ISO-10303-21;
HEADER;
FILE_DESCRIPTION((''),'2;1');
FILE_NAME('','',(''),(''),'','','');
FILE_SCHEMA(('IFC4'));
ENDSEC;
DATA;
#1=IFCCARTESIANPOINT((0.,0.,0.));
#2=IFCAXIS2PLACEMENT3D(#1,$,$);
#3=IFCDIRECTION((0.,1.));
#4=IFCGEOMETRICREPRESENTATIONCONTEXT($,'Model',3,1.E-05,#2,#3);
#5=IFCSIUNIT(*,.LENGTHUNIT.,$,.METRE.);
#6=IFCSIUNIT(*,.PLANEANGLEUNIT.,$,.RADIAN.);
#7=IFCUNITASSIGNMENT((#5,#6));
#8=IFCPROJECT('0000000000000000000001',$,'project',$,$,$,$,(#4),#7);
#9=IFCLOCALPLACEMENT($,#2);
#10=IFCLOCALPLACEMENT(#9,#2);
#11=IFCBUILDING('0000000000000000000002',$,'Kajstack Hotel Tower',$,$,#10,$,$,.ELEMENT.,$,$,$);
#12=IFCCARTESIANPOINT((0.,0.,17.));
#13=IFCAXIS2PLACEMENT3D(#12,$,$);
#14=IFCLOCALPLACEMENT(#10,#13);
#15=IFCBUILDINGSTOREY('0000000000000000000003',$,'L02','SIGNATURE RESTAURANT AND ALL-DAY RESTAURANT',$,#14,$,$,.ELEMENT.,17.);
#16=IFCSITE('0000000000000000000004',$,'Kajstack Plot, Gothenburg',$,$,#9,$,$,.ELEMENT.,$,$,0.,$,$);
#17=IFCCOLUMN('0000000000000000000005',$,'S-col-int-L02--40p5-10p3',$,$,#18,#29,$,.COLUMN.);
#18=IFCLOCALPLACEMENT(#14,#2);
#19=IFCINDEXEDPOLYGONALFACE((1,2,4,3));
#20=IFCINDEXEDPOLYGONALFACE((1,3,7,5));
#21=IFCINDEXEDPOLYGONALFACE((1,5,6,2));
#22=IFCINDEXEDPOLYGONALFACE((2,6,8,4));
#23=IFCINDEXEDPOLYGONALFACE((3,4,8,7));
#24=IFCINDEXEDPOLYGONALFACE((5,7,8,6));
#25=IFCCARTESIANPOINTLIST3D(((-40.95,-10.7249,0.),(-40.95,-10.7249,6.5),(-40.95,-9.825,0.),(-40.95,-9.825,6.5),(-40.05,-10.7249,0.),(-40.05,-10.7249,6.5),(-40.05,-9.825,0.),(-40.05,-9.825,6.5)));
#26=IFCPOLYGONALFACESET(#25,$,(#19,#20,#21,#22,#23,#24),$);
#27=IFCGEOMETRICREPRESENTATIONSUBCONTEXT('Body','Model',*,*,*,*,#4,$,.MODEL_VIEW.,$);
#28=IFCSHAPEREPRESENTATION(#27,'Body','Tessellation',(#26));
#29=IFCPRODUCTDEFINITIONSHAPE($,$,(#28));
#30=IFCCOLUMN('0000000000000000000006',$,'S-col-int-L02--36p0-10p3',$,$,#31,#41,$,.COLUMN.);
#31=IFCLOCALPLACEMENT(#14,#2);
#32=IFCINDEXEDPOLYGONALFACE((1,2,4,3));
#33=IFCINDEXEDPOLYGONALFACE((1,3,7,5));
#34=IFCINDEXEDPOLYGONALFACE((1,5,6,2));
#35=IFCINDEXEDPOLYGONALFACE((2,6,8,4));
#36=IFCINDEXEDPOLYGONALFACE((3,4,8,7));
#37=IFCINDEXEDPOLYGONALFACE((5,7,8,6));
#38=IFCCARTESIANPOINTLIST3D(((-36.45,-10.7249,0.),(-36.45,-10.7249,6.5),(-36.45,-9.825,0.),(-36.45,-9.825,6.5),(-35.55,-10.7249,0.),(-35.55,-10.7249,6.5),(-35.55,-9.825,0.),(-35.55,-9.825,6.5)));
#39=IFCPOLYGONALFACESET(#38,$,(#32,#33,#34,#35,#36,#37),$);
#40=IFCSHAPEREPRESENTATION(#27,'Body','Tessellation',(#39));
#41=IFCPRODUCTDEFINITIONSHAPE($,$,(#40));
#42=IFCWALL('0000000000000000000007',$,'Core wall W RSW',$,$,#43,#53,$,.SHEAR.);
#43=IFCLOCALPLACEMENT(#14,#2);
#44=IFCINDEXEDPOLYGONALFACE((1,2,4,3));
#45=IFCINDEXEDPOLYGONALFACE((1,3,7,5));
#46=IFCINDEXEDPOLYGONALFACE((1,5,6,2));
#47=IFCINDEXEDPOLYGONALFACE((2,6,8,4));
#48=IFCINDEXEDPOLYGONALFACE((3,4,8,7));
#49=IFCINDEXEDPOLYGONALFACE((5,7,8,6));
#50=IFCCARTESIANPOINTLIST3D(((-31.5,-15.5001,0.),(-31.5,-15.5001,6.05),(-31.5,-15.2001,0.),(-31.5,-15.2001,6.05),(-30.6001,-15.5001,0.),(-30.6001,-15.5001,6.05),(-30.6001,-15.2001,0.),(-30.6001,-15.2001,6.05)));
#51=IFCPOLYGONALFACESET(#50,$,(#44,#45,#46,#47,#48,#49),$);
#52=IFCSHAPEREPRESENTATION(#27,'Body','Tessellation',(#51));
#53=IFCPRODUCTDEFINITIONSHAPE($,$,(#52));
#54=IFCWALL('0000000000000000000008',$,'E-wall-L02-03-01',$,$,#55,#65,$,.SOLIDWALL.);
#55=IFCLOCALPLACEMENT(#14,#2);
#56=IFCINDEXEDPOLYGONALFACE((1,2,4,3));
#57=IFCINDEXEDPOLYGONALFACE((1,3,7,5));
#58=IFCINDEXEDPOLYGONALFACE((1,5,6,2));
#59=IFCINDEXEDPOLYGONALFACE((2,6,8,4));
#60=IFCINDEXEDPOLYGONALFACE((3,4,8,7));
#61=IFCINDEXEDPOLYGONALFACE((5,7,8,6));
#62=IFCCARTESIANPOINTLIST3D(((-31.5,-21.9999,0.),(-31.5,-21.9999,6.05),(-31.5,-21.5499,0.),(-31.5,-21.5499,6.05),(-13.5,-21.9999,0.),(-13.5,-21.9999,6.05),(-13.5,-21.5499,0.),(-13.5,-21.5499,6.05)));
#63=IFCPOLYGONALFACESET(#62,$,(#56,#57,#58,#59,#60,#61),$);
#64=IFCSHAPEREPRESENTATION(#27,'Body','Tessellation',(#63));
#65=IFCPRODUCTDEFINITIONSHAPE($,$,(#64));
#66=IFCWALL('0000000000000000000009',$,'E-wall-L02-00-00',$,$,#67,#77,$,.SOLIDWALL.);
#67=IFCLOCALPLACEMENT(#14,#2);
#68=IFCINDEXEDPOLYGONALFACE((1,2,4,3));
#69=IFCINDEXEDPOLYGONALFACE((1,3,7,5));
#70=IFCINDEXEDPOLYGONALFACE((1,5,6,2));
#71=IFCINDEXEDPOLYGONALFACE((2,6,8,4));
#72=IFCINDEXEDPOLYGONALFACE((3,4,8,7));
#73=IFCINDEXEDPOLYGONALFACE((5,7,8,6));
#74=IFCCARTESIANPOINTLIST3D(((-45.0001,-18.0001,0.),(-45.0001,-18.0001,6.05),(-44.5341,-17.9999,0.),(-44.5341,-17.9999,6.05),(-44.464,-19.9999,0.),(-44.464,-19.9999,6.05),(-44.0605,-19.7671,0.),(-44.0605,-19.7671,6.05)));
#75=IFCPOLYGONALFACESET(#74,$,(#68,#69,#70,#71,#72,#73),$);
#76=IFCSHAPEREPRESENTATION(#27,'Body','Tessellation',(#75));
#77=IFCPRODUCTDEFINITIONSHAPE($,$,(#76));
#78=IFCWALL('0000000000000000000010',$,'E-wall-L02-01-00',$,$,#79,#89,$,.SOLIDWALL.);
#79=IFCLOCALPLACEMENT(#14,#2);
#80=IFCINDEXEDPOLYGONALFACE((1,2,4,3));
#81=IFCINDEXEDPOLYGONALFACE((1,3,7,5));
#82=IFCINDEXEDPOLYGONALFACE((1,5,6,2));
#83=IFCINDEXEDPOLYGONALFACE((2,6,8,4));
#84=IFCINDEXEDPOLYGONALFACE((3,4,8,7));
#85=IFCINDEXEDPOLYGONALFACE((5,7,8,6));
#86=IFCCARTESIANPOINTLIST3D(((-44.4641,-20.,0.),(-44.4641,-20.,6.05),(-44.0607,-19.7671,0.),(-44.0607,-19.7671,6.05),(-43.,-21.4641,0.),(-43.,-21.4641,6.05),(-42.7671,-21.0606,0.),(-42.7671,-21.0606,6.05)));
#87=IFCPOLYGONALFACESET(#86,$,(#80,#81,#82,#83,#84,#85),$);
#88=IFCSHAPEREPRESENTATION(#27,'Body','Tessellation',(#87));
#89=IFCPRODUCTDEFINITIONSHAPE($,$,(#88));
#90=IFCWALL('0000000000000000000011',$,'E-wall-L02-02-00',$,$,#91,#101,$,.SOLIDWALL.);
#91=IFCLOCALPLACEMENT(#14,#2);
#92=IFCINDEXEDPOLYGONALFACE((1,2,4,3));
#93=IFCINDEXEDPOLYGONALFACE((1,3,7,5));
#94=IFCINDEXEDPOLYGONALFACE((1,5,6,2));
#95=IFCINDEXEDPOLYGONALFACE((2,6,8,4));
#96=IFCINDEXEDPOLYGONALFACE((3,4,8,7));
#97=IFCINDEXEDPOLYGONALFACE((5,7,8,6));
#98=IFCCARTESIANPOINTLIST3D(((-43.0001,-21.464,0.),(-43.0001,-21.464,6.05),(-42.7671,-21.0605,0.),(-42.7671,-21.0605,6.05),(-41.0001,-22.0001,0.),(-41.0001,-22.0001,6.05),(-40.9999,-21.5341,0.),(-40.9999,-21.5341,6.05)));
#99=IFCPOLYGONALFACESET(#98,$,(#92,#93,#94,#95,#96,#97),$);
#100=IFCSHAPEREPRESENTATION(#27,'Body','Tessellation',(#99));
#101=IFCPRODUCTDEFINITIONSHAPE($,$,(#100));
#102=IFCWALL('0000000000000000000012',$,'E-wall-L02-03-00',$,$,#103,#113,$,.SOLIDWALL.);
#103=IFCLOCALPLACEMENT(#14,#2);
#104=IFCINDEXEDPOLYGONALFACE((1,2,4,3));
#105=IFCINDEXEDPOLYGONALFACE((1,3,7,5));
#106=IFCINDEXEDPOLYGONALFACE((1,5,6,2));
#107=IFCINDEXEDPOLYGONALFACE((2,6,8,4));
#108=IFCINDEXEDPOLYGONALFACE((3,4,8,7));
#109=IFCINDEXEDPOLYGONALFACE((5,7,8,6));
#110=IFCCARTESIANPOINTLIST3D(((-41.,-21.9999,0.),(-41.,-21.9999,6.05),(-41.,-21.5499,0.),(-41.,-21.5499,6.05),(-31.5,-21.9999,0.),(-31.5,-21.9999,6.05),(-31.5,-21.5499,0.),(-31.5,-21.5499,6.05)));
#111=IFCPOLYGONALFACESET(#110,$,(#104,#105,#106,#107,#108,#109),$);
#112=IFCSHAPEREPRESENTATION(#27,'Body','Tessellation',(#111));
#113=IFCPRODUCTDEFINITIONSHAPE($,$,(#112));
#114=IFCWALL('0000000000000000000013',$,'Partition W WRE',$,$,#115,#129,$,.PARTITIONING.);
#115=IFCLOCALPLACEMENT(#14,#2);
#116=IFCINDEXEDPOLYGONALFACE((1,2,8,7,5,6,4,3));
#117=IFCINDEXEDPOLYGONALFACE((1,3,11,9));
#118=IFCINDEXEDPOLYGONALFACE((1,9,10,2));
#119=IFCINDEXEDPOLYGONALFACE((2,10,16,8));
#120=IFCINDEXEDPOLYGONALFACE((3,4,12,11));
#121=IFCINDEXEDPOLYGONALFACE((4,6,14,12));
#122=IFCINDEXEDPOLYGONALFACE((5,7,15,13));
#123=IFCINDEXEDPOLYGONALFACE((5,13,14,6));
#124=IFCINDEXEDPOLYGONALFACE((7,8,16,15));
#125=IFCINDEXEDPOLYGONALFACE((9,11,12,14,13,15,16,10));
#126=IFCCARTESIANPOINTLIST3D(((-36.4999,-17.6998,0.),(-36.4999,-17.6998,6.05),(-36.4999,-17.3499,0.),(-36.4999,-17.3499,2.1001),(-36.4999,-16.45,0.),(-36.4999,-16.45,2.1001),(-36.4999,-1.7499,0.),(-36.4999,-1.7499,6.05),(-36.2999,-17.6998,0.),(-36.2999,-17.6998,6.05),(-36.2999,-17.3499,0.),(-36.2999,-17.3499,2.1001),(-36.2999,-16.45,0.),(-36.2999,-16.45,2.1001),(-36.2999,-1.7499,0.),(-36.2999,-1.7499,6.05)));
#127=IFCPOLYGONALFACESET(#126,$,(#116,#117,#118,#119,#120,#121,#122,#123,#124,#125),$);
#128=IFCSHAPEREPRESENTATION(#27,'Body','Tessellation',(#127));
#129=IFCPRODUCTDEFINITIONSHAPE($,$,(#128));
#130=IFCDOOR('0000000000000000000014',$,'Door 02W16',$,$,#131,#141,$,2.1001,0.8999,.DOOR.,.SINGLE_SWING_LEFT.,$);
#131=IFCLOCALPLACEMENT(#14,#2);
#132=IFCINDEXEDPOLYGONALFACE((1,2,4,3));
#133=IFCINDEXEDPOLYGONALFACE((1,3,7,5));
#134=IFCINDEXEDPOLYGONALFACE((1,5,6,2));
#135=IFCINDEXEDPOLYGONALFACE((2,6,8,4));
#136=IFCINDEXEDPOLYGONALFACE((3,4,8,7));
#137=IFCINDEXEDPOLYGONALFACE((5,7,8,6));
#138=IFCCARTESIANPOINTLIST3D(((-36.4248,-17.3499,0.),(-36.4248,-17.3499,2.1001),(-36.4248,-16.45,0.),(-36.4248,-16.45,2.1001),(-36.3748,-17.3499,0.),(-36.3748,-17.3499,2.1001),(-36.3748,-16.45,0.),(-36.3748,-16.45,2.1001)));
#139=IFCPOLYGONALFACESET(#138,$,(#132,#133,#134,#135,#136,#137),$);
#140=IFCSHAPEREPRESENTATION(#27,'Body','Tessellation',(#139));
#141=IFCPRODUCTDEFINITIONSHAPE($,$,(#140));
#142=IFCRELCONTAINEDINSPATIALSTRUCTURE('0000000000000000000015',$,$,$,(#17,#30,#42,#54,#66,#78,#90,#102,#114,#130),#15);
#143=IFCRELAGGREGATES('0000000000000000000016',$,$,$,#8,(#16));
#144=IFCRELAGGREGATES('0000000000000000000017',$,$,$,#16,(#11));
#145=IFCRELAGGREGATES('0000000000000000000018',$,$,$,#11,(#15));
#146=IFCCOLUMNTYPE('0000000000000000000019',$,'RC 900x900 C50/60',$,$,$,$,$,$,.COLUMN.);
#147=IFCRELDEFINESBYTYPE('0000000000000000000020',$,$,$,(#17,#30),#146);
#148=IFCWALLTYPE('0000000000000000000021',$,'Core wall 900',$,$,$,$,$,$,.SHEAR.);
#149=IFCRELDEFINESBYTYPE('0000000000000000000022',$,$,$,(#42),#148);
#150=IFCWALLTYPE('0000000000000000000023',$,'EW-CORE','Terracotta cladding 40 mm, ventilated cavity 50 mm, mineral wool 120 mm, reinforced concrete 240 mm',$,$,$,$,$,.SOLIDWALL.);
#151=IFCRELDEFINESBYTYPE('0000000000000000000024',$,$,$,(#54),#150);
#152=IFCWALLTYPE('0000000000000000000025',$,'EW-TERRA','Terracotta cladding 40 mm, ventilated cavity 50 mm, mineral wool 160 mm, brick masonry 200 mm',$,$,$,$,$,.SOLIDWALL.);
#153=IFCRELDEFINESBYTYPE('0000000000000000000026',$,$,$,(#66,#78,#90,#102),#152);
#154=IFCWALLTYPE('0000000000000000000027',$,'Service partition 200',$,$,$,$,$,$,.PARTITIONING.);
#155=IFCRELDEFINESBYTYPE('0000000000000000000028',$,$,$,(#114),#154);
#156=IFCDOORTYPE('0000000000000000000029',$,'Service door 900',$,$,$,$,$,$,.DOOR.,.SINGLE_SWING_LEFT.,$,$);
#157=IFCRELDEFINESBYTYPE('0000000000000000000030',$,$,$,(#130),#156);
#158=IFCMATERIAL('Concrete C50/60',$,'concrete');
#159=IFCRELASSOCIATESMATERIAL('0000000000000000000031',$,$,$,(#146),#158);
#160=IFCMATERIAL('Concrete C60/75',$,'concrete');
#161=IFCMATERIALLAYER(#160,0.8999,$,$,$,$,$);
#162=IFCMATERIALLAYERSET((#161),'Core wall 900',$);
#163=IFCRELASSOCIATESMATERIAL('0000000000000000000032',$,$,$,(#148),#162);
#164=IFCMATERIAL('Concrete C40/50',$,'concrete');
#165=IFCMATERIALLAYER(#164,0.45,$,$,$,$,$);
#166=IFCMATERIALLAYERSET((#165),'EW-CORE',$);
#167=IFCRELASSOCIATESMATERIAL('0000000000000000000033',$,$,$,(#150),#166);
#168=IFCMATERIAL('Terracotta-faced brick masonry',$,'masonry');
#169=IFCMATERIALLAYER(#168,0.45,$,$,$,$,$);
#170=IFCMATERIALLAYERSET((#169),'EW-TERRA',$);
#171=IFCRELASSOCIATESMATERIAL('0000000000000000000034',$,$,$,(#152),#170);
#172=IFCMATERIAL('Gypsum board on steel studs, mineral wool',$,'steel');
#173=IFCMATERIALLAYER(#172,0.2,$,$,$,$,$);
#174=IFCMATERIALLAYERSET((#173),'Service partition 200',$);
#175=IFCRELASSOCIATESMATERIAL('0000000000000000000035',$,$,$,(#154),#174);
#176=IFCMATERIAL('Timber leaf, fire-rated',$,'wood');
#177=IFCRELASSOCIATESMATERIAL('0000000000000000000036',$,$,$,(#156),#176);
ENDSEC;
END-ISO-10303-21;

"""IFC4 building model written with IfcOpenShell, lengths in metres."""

from ifc_helpers import new_model, si_unit, direction, frame, frame_2d, origin, origin_2d, place, context, subcontext, project, spatial, polyline, rectangle, outline, extrude, material, layer, layer_set, material_profile, profile_set, type_object, element, fill, save


model = new_model("IFC4")

# Units and contexts
model_context = context("Model", 3, precision=1e-05, world=origin(), true_north=direction((0.0, 1.0)))
body_context = subcontext(model_context, "Body", "Model", "MODEL_VIEW")
ifc_project = project(units=[si_unit("LENGTHUNIT", "METRE"), si_unit("PLANEANGLEUNIT", "RADIAN")], contexts=[model_context])

# Site, building, storey
site_placement = place(None, origin())
site = spatial("IfcSite", under=ifc_project, at=site_placement, Name="Kajstack Plot, Gothenburg", CompositionType="ELEMENT", RefElevation=0.0)
building_placement = place(site_placement, origin())
building = spatial("IfcBuilding", under=site, at=building_placement, Name="Kajstack Hotel Tower", CompositionType="ELEMENT")
storey_placement = place(building_placement, frame((0.0, 0.0, 17.0)))
storey = spatial("IfcBuildingStorey", under=building, at=storey_placement, Name="L02", Description="SIGNATURE RESTAURANT AND ALL-DAY RESTAURANT", CompositionType="ELEMENT", Elevation=17.0)

# Columns
ifc_material_1 = material(Name="Concrete C50/60", Category="concrete")
ifc_material_profile = material_profile(ifc_material_1, rectangle(XDim=0.8999, YDim=0.8999, at=origin_2d()), Name="RC 900x900")
ifc_profile_set = profile_set([ifc_material_profile], Name="Concrete C50/60")
column_type = type_object("IfcColumnType", Name="RC 900x900 C50/60", PredefinedType="COLUMN", material=ifc_profile_set)
for number, where, z_axis, x_axis, name in (
    (1, (-40.5, -10.2749, 0.0), (0.0, 0.0, 1.0), (1.0, 0.0, 0.0), "S-col-int-L02--40p5-10p3"),
    (2, (-36.0, -10.2749, 0.0), (0.0, 0.0, 1.0), (1.0, 0.0, 0.0), "S-col-int-L02--36p0-10p3"),
):
    element("IfcColumn", number, at=place(storey_placement, frame(where, z_axis=z_axis, x_axis=x_axis)), inside=storey, type_object=column_type, Name=name, PredefinedType="COLUMN", context=body_context, shape_type="SweptSolid", body=[
        extrude(rectangle(XDim=0.8999, YDim=0.8999, at=origin_2d()), origin(), (0.0, 0.0, 1.0), 6.5),
    ])

# Walls
ifc_material_2 = material(Name="Concrete C60/75", Category="concrete")
ifc_layer_1 = layer(ifc_material_2, 0.8999)
ifc_layer_set_1 = layer_set([ifc_layer_1], Name="Core wall 900")
wall_type_1 = type_object("IfcWallType", Name="Core wall 900", PredefinedType="SHEAR", material=ifc_layer_set_1)
wall_1_placement = place(storey_placement, frame((-31.5, -15.3501, 0.0), z_axis=(0.0, 0.0, 1.0), x_axis=(1.0, 0.0, 0.0)))
element("IfcWall", 3, at=wall_1_placement, inside=storey, type_object=wall_type_1, Name="Core wall W RSW", PredefinedType="SHEAR", context=body_context, shape_type="SweptSolid", body=[
    extrude(rectangle(XDim=0.8999, YDim=0.3, at=frame_2d((0.45, 0.0))), origin(), (0.0, 0.0, 1.0), 6.05),
])
ifc_material_3 = material(Name="Concrete C40/50", Category="concrete")
ifc_layer_2 = layer(ifc_material_3, 0.45)
ifc_layer_set_2 = layer_set([ifc_layer_2], Name="EW-CORE")
wall_type_2 = type_object("IfcWallType", Name="EW-CORE", Description="Terracotta cladding 40 mm, ventilated cavity 50 mm, mineral wool 120 mm, reinforced concrete 240 mm", PredefinedType="SOLIDWALL", material=ifc_layer_set_2)
wall_2_placement = place(storey_placement, frame((-31.5, -21.7749, 0.0), z_axis=(0.0, 0.0, 1.0), x_axis=(1.0, 0.0, 0.0)))
element("IfcWall", 4, at=wall_2_placement, inside=storey, type_object=wall_type_2, Name="E-wall-L02-03-01", PredefinedType="SOLIDWALL", context=body_context, shape_type="SweptSolid", body=[
    extrude(rectangle(XDim=18.0, YDim=0.45, at=frame_2d((9.0, 0.0))), origin(), (0.0, 0.0, 1.0), 6.05),
])
ifc_material_4 = material(Name="Terracotta-faced brick masonry", Category="masonry")
ifc_layer_3 = layer(ifc_material_4, 0.45)
ifc_layer_set_3 = layer_set([ifc_layer_3], Name="EW-TERRA")
wall_type_3 = type_object("IfcWallType", Name="EW-TERRA", Description="Terracotta cladding 40 mm, ventilated cavity 50 mm, mineral wool 160 mm, brick masonry 200 mm", PredefinedType="SOLIDWALL", material=ifc_layer_set_3)
wall_3_placement = place(storey_placement, frame((-44.7827, -17.9417, 0.0), z_axis=(0.0, 0.0, 1.0), x_axis=(0.258815, -0.965927, 0.0)))
element("IfcWall", 5, at=wall_3_placement, inside=storey, type_object=wall_type_3, Name="E-wall-L02-00-00", PredefinedType="SOLIDWALL", context=body_context, shape_type="SweptSolid", body=[
    extrude(outline(polyline([(0.0002, -0.2251), (2.0706, -0.2249), (1.9502, 0.2251), (0.1206, 0.2251), (0.0002, -0.2251)])), origin(), (0.0, 0.0, 1.0), 6.05),
])
wall_4_placement = place(storey_placement, frame((-44.3049, -19.8408, 0.0), z_axis=(0.0, 0.0, 1.0), x_axis=(0.707107, -0.707107, 0.0)))
element("IfcWall", 6, at=wall_4_placement, inside=storey, type_object=wall_type_3, Name="E-wall-L02-01-00", PredefinedType="SOLIDWALL", context=body_context, shape_type="SweptSolid", body=[
    extrude(outline(polyline([(0.0, -0.2251), (2.0706, -0.2251), (1.95, 0.2249), (0.1206, 0.2249), (0.0, -0.2251)])), origin(), (0.0, 0.0, 1.0), 6.05),
])
wall_5_placement = place(storey_placement, frame((-42.9417, -21.2468, 0.0), z_axis=(0.0, 0.0, 1.0), x_axis=(0.965927, -0.258815, 0.0)))
element("IfcWall", 7, at=wall_5_placement, inside=storey, type_object=wall_type_3, Name="E-wall-L02-02-00", PredefinedType="SOLIDWALL", context=body_context, shape_type="SweptSolid", body=[
    extrude(outline(polyline([(-0.0002, -0.2249), (2.0703, -0.2251), (1.95, 0.2251), (0.1204, 0.2251), (-0.0002, -0.2249)])), origin(), (0.0, 0.0, 1.0), 6.05),
])
wall_6_placement = place(storey_placement, frame((-41.0, -21.7749, 0.0), z_axis=(0.0, 0.0, 1.0), x_axis=(1.0, 0.0, 0.0)))
element("IfcWall", 8, at=wall_6_placement, inside=storey, type_object=wall_type_3, Name="E-wall-L02-03-00", PredefinedType="SOLIDWALL", context=body_context, shape_type="SweptSolid", body=[
    extrude(rectangle(XDim=9.5, YDim=0.45, at=frame_2d((4.75, 0.0))), origin(), (0.0, 0.0, 1.0), 6.05),
])

# Wall, opening, door
ifc_material_5 = material(Name="Gypsum board on steel studs, mineral wool", Category="steel")
ifc_layer_4 = layer(ifc_material_5, 0.2)
ifc_layer_set_4 = layer_set([ifc_layer_4], Name="Service partition 200")
wall_type_4 = type_object("IfcWallType", Name="Service partition 200", PredefinedType="PARTITIONING", material=ifc_layer_set_4)
wall_7_placement = place(storey_placement, frame((-36.3999, -17.7, 0.0), z_axis=(0.0, 0.0, 1.0), x_axis=(0.0, 1.0, 0.0)))
wall_7 = element("IfcWall", 9, at=wall_7_placement, inside=storey, type_object=wall_type_4, Name="Partition W WRE", PredefinedType="PARTITIONING", context=body_context, shape_type="SweptSolid", body=[
    extrude(rectangle(XDim=15.95, YDim=0.2, at=frame_2d((7.9751, 0.0))), origin(), (0.0, 0.0, 1.0), 6.05),
])
opening_1_placement = place(wall_7_placement, frame((0.3501, 0.0, 0.0)))
opening_1 = element("IfcOpeningElement", 10, at=opening_1_placement, cuts=wall_7, PredefinedType="OPENING", context=body_context, shape_type="SweptSolid", body=[
    extrude(rectangle(XDim=0.8999, YDim=2.1001, at=frame_2d((0.45, 1.05))), frame((0.0, 0.1099, 0.0), z_axis=(0.0, -1.0, 0.0), x_axis=(1.0, 0.0, 0.0)), (0.0, 0.0, 1.0), 0.22),
])
ifc_material_6 = material(Name="Timber leaf, fire-rated", Category="wood")
door_type = type_object("IfcDoorType", Name="Service door 900", OperationType="SINGLE_SWING_LEFT", PredefinedType="DOOR", material=ifc_material_6)
door_1_placement = place(opening_1_placement, origin())
door_1 = element("IfcDoor", 11, at=door_1_placement, inside=storey, type_object=door_type, Name="Door 02W16", OperationType="SINGLE_SWING_LEFT", OverallHeight=2.1001, OverallWidth=0.8999, PredefinedType="DOOR", context=body_context, shape_type="SweptSolid", body=[
    extrude(rectangle(XDim=0.8999, YDim=2.1001, at=frame_2d((0.45, 1.05))), frame((0.0, 0.0249, 0.0), z_axis=(0.0, -1.0, 0.0), x_axis=(1.0, 0.0, 0.0)), (0.0, 0.0, 1.0), 0.05),
])
fill(opening_1, door_1)

save(model, "model.ifc")
